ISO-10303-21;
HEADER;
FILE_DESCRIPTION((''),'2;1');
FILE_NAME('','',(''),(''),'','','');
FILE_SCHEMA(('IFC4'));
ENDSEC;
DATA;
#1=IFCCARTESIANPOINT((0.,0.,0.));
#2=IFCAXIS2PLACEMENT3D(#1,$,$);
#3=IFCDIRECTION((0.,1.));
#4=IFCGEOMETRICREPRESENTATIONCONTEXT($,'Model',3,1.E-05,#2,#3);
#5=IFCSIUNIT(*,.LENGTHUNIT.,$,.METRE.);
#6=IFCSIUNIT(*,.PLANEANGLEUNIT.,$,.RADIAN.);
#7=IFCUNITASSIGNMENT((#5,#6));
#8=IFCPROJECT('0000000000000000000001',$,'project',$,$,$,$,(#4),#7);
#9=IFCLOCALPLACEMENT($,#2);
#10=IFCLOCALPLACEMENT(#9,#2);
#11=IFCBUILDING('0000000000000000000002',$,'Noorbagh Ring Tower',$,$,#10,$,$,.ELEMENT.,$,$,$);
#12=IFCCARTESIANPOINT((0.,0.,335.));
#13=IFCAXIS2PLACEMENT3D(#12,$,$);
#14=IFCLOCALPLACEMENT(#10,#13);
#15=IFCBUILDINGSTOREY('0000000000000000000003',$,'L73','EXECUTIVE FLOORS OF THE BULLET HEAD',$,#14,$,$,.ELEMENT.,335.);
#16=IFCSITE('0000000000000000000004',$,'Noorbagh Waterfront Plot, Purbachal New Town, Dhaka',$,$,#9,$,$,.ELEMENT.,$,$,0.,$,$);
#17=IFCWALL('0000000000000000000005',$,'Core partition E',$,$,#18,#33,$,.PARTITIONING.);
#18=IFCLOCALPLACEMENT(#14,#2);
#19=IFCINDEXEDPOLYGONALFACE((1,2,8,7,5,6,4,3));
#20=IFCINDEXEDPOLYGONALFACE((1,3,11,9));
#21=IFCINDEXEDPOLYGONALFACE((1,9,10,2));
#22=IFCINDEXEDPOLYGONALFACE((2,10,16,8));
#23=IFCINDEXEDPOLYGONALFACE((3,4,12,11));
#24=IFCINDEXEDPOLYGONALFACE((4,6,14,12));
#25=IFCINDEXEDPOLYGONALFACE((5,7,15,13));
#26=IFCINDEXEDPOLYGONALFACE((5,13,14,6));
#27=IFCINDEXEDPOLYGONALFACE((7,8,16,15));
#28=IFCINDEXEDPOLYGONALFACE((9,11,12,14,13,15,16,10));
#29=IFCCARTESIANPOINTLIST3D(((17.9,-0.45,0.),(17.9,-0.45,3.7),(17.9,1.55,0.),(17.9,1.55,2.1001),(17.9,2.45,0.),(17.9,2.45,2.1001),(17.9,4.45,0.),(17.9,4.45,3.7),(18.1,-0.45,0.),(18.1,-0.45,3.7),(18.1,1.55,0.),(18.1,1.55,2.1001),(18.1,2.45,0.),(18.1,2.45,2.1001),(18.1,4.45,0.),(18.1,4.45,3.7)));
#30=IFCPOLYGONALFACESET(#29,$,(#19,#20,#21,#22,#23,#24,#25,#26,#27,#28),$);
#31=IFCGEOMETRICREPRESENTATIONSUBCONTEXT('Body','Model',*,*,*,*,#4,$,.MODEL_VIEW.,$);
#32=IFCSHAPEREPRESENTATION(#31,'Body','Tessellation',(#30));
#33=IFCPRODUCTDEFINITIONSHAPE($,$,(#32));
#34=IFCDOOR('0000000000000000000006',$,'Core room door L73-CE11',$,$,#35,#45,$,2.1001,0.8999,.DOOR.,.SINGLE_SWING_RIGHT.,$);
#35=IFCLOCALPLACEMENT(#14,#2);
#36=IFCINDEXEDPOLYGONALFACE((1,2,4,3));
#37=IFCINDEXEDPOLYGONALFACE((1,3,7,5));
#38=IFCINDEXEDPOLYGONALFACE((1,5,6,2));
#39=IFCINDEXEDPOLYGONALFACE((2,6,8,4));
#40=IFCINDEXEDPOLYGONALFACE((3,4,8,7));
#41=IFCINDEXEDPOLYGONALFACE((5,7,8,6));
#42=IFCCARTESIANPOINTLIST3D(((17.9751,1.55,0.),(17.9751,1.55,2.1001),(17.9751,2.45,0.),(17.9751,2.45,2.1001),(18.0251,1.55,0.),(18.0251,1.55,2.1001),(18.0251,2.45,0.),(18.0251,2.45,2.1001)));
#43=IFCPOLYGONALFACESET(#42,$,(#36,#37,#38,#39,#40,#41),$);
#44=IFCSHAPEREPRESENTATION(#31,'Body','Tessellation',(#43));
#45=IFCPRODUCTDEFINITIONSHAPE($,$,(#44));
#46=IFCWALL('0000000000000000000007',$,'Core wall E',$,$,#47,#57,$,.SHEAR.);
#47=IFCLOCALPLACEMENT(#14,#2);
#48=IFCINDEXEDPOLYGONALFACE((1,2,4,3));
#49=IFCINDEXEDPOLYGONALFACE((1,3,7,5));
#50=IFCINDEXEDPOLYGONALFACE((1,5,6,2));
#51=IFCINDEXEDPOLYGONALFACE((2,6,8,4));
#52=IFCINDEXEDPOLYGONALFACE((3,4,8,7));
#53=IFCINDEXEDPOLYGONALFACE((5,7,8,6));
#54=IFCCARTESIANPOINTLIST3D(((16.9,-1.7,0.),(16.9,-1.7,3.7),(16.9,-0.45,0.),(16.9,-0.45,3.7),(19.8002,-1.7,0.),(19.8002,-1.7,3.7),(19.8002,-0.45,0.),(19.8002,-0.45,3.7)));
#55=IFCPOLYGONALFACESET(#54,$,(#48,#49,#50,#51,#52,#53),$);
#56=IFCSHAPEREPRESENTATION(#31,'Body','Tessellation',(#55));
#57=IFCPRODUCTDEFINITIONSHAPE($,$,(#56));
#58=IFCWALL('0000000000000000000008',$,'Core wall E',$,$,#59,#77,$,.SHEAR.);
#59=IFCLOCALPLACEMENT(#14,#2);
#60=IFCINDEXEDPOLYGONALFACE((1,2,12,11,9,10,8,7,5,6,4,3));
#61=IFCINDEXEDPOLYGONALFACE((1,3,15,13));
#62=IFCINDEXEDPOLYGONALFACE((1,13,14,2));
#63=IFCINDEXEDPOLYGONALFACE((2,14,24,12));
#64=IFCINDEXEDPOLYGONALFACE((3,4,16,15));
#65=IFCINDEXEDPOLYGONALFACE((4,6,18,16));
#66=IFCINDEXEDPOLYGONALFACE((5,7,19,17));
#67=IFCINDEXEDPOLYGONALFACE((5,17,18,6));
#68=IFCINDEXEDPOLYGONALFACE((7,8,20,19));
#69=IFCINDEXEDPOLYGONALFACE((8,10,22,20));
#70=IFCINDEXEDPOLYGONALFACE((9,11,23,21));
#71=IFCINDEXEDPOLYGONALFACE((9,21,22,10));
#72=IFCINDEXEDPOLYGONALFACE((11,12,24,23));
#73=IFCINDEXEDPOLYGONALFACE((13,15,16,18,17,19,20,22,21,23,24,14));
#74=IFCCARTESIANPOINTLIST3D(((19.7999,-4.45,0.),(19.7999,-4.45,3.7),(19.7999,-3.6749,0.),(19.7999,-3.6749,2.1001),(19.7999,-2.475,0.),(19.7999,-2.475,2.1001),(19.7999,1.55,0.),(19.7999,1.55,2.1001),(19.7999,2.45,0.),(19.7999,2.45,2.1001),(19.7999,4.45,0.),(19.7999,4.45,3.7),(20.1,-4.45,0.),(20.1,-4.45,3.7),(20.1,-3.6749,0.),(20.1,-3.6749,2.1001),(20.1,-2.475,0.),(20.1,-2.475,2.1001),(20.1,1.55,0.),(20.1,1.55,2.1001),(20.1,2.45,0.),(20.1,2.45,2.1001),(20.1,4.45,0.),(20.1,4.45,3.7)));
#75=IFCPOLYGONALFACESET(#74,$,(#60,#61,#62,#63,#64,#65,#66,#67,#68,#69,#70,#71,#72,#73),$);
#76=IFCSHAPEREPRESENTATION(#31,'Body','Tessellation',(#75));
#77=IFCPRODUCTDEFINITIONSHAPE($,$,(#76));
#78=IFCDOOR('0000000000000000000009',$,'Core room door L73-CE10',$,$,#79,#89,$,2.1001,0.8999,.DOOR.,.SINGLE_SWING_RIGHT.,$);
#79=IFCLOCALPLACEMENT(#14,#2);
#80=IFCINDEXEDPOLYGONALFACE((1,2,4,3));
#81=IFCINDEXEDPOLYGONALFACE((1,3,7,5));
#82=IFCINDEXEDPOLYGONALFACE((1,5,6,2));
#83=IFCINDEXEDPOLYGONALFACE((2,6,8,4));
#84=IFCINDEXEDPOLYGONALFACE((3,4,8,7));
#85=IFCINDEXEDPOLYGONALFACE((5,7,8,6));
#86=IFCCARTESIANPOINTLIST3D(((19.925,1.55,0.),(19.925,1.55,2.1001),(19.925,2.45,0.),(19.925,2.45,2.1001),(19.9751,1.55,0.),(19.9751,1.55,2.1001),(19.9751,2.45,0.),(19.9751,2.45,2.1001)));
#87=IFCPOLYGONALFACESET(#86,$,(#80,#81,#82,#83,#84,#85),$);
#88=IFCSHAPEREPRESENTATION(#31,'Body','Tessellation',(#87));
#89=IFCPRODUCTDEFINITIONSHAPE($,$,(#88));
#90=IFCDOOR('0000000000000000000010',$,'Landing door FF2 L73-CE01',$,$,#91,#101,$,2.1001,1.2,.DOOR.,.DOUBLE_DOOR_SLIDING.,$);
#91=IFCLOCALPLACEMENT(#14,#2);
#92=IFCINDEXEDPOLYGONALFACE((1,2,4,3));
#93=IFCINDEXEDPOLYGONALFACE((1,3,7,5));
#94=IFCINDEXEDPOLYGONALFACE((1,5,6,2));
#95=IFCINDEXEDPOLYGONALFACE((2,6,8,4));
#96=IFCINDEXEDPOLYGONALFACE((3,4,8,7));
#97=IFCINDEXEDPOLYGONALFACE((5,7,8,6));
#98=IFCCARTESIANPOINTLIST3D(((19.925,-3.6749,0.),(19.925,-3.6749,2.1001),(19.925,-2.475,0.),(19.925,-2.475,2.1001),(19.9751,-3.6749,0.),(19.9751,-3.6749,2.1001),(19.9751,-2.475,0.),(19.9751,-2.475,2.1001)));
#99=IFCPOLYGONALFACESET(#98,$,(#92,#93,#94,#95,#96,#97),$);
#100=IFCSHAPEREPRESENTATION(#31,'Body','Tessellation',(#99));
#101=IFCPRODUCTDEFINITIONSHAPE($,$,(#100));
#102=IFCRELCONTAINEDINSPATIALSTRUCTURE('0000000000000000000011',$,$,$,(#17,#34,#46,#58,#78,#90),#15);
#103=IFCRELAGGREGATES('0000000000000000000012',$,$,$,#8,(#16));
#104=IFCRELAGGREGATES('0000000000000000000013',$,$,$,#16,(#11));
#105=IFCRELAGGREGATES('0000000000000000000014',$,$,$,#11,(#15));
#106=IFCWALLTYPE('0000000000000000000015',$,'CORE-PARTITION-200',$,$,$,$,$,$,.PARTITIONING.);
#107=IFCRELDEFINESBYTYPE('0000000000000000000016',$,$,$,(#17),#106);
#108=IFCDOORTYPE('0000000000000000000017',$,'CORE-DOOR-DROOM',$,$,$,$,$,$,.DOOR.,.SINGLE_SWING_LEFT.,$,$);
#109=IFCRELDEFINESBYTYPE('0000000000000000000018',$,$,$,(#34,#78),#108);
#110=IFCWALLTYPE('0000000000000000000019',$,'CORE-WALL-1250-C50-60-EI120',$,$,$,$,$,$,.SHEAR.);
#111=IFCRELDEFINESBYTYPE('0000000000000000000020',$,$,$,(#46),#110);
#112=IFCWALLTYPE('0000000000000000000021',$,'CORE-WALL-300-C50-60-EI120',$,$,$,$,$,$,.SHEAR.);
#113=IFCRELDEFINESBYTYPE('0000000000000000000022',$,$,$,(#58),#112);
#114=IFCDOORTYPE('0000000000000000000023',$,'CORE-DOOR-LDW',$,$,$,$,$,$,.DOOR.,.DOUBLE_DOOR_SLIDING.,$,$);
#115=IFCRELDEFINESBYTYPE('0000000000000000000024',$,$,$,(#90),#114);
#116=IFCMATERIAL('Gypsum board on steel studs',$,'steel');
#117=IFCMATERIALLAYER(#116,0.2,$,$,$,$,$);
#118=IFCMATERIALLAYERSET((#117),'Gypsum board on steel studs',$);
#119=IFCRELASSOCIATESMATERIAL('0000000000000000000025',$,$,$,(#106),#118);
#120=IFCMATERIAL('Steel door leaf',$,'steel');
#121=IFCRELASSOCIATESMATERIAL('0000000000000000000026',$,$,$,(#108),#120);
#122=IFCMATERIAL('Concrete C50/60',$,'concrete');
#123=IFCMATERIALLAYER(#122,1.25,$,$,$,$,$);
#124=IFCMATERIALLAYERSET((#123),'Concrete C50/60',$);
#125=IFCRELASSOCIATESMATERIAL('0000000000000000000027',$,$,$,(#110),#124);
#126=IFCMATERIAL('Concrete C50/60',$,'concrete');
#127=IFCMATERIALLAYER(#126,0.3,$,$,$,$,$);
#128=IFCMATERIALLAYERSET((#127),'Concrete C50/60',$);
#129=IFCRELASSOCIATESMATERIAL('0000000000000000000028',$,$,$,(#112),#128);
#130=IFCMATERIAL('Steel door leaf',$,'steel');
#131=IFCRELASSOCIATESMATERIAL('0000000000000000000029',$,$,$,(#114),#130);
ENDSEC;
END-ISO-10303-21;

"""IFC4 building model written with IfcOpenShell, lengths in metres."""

from ifc_helpers import new_model, si_unit, direction, frame, frame_2d, origin, place, context, subcontext, project, spatial, rectangle, extrude, material, layer, layer_set, type_object, element, fill, save


model = new_model("IFC4")

# Units and contexts
model_context = context("Model", 3, precision=1e-05, world=origin(), true_north=direction((0.0, 1.0)))
body_context = subcontext(model_context, "Body", "Model", "MODEL_VIEW")
ifc_project = project(units=[si_unit("LENGTHUNIT", "METRE"), si_unit("PLANEANGLEUNIT", "RADIAN")], contexts=[model_context])

# Site, building, storey
site_placement = place(None, origin())
site = spatial("IfcSite", under=ifc_project, at=site_placement, Name="Noorbagh Waterfront Plot, Purbachal New Town, Dhaka", CompositionType="ELEMENT", RefElevation=0.0)
building_placement = place(site_placement, origin())
building = spatial("IfcBuilding", under=site, at=building_placement, Name="Noorbagh Ring Tower", CompositionType="ELEMENT")
storey_placement = place(building_placement, frame((0.0, 0.0, 335.0)))
storey = spatial("IfcBuildingStorey", under=building, at=storey_placement, Name="L73", Description="EXECUTIVE FLOORS OF THE BULLET HEAD", CompositionType="ELEMENT", Elevation=335.0)

# Wall, opening, door
ifc_material_1 = material(Name="Gypsum board on steel studs", Category="steel")
ifc_layer_1 = layer(ifc_material_1, 0.2)
ifc_layer_set_1 = layer_set([ifc_layer_1], Name="Gypsum board on steel studs")
wall_type_1 = type_object("IfcWallType", Name="CORE-PARTITION-200", PredefinedType="PARTITIONING", material=ifc_layer_set_1)
wall_1_placement = place(storey_placement, frame((18.0, -0.45, 0.0), z_axis=(0.0, 0.0, 1.0), x_axis=(0.0, 1.0, 0.0)))
wall_1 = element("IfcWall", 1, at=wall_1_placement, inside=storey, type_object=wall_type_1, Name="Core partition E", PredefinedType="PARTITIONING", context=body_context, shape_type="SweptSolid", body=[
    extrude(rectangle(XDim=4.8999, YDim=0.2, at=frame_2d((2.45, 0.0))), origin(), (0.0, 0.0, 1.0), 3.7),
])
opening_1_placement = place(wall_1_placement, frame((2.0, 0.0, 0.0)))
opening_1 = element("IfcOpeningElement", 2, at=opening_1_placement, cuts=wall_1, PredefinedType="OPENING", context=body_context, shape_type="SweptSolid", body=[
    extrude(rectangle(XDim=0.8999, YDim=2.1001, at=frame_2d((0.45, 1.05))), frame((0.0, 0.1099, 0.0), z_axis=(0.0, -1.0, 0.0), x_axis=(1.0, 0.0, 0.0)), (0.0, 0.0, 1.0), 0.22),
])
ifc_material_2 = material(Name="Steel door leaf", Category="steel")
door_type_1 = type_object("IfcDoorType", Name="CORE-DOOR-DROOM", OperationType="SINGLE_SWING_LEFT", PredefinedType="DOOR", material=ifc_material_2)
door_1_placement = place(opening_1_placement, origin())
door_1 = element("IfcDoor", 3, at=door_1_placement, inside=storey, type_object=door_type_1, Name="Core room door L73-CE11", OperationType="SINGLE_SWING_RIGHT", OverallHeight=2.1001, OverallWidth=0.8999, PredefinedType="DOOR", context=body_context, shape_type="SweptSolid", body=[
    extrude(rectangle(XDim=0.8999, YDim=2.1001, at=frame_2d((0.45, 1.05))), frame((0.0, 0.0249, 0.0), z_axis=(0.0, -1.0, 0.0), x_axis=(1.0, 0.0, 0.0)), (0.0, 0.0, 1.0), 0.05),
])
fill(opening_1, door_1)

# Wall
ifc_material_3 = material(Name="Concrete C50/60", Category="concrete")
ifc_layer_2 = layer(ifc_material_3, 1.25)
ifc_layer_set_2 = layer_set([ifc_layer_2], Name="Concrete C50/60")
wall_type_2 = type_object("IfcWallType", Name="CORE-WALL-1250-C50-60-EI120", PredefinedType="SHEAR", material=ifc_layer_set_2)
wall_2_placement = place(storey_placement, frame((16.8999, -1.075, 0.0), z_axis=(0.0, 0.0, 1.0), x_axis=(1.0, 0.0, 0.0)))
element("IfcWall", 4, at=wall_2_placement, inside=storey, type_object=wall_type_2, Name="Core wall E", PredefinedType="SHEAR", context=body_context, shape_type="SweptSolid", body=[
    extrude(rectangle(XDim=2.9001, YDim=1.25, at=frame_2d((1.4502, 0.0))), origin(), (0.0, 0.0, 1.0), 3.7),
])

# Wall, openings, doors
ifc_material_4 = material(Name="Concrete C50/60", Category="concrete")
ifc_layer_3 = layer(ifc_material_4, 0.3)
ifc_layer_set_3 = layer_set([ifc_layer_3], Name="Concrete C50/60")
wall_type_3 = type_object("IfcWallType", Name="CORE-WALL-300-C50-60-EI120", PredefinedType="SHEAR", material=ifc_layer_set_3)
wall_3_placement = place(storey_placement, frame((19.95, -4.45, 0.0), z_axis=(0.0, 0.0, 1.0), x_axis=(0.0, 1.0, 0.0)))
wall_3 = element("IfcWall", 5, at=wall_3_placement, inside=storey, type_object=wall_type_3, Name="Core wall E", PredefinedType="SHEAR", context=body_context, shape_type="SweptSolid", body=[
    extrude(rectangle(XDim=8.8999, YDim=0.3, at=frame_2d((4.45, 0.0))), origin(), (0.0, 0.0, 1.0), 3.7),
])
opening_2_placement = place(wall_3_placement, frame((0.7749, 0.0, 0.0)))
opening_2 = element("IfcOpeningElement", 6, at=opening_2_placement, cuts=wall_3, PredefinedType="OPENING", context=body_context, shape_type="SweptSolid", body=[
    extrude(rectangle(XDim=1.2, YDim=2.1001, at=frame_2d((0.6001, 1.05))), frame((0.0, 0.1602, 0.0), z_axis=(0.0, -1.0, 0.0), x_axis=(1.0, 0.0, 0.0)), (0.0, 0.0, 1.0), 0.3201),
])
opening_3_placement = place(wall_3_placement, frame((6.0, 0.0, 0.0)))
opening_3 = element("IfcOpeningElement", 7, at=opening_3_placement, cuts=wall_3, PredefinedType="OPENING", context=body_context, shape_type="SweptSolid", body=[
    extrude(rectangle(XDim=0.8999, YDim=2.1001, at=frame_2d((0.45, 1.05))), frame((0.0, 0.1602, 0.0), z_axis=(0.0, -1.0, 0.0), x_axis=(1.0, 0.0, 0.0)), (0.0, 0.0, 1.0), 0.3201),
])
door_2_placement = place(opening_3_placement, origin())
door_2 = element("IfcDoor", 8, at=door_2_placement, inside=storey, type_object=door_type_1, Name="Core room door L73-CE10", OperationType="SINGLE_SWING_RIGHT", OverallHeight=2.1001, OverallWidth=0.8999, PredefinedType="DOOR", context=body_context, shape_type="SweptSolid", body=[
    extrude(rectangle(XDim=0.8999, YDim=2.1001, at=frame_2d((0.45, 1.05))), frame((0.0, 0.0249, 0.0), z_axis=(0.0, -1.0, 0.0), x_axis=(1.0, 0.0, 0.0)), (0.0, 0.0, 1.0), 0.05),
])
fill(opening_3, door_2)
ifc_material_5 = material(Name="Steel door leaf", Category="steel")
door_type_2 = type_object("IfcDoorType", Name="CORE-DOOR-LDW", OperationType="DOUBLE_DOOR_SLIDING", PredefinedType="DOOR", material=ifc_material_5)
door_3_placement = place(opening_2_placement, origin())
door_3 = element("IfcDoor", 9, at=door_3_placement, inside=storey, type_object=door_type_2, Name="Landing door FF2 L73-CE01", OperationType="DOUBLE_DOOR_SLIDING", OverallHeight=2.1001, OverallWidth=1.2, PredefinedType="DOOR", context=body_context, shape_type="SweptSolid", body=[
    extrude(rectangle(XDim=1.2, YDim=2.1001, at=frame_2d((0.6001, 1.05))), frame((0.0, 0.0249, 0.0), z_axis=(0.0, -1.0, 0.0), x_axis=(1.0, 0.0, 0.0)), (0.0, 0.0, 1.0), 0.05),
])
fill(opening_2, door_3)

save(model, "model.ifc")
